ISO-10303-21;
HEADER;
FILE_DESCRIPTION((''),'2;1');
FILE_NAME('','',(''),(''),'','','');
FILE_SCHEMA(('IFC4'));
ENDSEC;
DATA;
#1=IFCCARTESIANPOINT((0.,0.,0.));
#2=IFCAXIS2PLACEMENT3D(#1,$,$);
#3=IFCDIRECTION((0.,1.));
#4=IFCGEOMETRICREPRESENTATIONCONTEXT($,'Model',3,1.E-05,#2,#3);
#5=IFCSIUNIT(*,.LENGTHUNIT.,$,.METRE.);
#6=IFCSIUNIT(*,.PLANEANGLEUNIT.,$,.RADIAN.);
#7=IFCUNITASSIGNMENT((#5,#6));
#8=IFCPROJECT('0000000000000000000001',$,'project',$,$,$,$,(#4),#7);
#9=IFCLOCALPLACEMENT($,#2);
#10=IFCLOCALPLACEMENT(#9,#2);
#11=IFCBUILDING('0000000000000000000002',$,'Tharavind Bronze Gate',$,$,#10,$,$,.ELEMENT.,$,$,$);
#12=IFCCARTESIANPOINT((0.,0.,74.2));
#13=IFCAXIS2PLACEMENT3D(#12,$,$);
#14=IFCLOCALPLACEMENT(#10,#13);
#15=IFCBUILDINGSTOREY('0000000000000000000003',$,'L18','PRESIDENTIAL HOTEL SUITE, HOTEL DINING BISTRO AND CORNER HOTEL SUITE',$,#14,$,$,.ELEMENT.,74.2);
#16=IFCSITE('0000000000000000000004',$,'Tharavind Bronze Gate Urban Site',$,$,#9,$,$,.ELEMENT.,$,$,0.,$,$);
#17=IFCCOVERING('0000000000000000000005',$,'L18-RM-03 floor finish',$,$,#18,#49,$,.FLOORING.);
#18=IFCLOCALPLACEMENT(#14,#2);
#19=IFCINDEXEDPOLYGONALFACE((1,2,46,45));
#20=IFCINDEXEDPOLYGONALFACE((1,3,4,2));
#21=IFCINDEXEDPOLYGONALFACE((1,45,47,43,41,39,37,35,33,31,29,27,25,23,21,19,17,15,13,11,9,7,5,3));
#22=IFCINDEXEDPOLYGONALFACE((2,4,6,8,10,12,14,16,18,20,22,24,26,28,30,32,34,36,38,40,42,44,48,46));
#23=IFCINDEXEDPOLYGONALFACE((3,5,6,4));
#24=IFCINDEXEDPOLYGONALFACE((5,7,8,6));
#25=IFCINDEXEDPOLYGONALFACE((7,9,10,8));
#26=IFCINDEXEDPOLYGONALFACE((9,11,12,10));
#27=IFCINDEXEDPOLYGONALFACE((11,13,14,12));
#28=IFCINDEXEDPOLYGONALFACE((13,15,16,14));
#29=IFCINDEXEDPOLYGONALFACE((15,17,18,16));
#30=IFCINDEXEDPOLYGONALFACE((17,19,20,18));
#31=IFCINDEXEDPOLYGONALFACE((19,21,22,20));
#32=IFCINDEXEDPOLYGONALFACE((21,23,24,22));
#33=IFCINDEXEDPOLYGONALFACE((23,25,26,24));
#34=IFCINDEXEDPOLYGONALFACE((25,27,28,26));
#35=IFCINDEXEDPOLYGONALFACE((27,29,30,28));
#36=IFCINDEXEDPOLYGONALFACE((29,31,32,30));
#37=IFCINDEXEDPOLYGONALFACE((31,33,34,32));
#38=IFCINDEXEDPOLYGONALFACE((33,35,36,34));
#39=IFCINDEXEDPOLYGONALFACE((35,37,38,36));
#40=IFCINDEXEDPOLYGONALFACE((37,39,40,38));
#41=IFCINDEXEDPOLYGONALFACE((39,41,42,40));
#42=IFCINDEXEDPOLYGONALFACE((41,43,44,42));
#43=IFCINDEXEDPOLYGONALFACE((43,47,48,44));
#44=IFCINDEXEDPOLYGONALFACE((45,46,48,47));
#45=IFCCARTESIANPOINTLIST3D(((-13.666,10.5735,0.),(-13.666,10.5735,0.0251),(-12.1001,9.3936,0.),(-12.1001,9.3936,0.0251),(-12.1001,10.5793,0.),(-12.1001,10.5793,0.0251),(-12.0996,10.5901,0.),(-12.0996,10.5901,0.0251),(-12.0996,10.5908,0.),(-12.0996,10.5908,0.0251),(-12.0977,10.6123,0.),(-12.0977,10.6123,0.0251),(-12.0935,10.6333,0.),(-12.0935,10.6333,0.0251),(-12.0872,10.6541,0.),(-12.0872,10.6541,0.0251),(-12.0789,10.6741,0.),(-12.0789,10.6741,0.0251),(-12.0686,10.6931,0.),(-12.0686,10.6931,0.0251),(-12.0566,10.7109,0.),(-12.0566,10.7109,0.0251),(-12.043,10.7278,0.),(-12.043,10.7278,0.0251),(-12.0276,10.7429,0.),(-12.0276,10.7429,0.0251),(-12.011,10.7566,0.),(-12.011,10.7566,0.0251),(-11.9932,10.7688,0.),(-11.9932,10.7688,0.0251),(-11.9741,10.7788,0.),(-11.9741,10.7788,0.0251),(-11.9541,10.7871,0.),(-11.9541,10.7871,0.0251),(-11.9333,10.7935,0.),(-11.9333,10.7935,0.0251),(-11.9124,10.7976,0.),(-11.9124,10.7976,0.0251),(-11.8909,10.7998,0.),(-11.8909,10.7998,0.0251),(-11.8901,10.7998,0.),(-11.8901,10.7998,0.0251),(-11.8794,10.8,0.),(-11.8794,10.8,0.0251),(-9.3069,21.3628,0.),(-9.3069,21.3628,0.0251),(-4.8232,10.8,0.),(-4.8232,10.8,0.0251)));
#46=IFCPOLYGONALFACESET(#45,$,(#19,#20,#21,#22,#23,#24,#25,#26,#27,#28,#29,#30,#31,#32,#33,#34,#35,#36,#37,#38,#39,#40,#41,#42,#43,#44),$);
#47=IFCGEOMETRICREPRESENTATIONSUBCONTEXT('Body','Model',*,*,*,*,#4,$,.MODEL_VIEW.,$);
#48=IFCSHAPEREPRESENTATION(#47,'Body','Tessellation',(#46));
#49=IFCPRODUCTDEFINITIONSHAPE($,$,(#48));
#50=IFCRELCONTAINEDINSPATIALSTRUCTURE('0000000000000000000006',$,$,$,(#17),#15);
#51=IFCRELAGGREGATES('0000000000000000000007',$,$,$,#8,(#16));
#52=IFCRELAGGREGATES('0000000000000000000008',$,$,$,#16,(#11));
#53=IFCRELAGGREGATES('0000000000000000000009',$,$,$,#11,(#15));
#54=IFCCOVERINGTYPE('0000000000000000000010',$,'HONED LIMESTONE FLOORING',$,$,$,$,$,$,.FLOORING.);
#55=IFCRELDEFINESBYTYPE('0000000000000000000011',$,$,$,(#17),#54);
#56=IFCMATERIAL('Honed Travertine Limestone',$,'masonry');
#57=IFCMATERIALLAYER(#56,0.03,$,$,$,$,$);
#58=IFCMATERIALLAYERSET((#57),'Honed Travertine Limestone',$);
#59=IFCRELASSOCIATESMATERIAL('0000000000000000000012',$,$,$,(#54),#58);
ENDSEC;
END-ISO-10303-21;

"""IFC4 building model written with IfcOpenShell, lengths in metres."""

from ifc_helpers import new_model, si_unit, direction, frame, origin, place, context, subcontext, project, spatial, polyline, outline, extrude, material, layer, layer_set, type_object, element, save


model = new_model("IFC4")

# Units and contexts
model_context = context("Model", 3, precision=1e-05, world=origin(), true_north=direction((0.0, 1.0)))
body_context = subcontext(model_context, "Body", "Model", "MODEL_VIEW")
ifc_project = project(units=[si_unit("LENGTHUNIT", "METRE"), si_unit("PLANEANGLEUNIT", "RADIAN")], contexts=[model_context])

# Site, building, storey
site_placement = place(None, origin())
site = spatial("IfcSite", under=ifc_project, at=site_placement, Name="Tharavind Bronze Gate Urban Site", CompositionType="ELEMENT", RefElevation=0.0)
building_placement = place(site_placement, origin())
building = spatial("IfcBuilding", under=site, at=building_placement, Name="Tharavind Bronze Gate", CompositionType="ELEMENT")
storey_placement = place(building_placement, frame((0.0, 0.0, 74.2)))
storey = spatial("IfcBuildingStorey", under=building, at=storey_placement, Name="L18", Description="PRESIDENTIAL HOTEL SUITE, HOTEL DINING BISTRO AND CORNER HOTEL SUITE", CompositionType="ELEMENT", Elevation=74.2)

# Covering
ifc_material_1 = material(Name="Honed Travertine Limestone", Category="masonry")
ifc_layer_1 = layer(ifc_material_1, 0.03)
ifc_layer_set_1 = layer_set([ifc_layer_1], Name="Honed Travertine Limestone")
covering_type_1 = type_object("IfcCoveringType", Name="HONED LIMESTONE FLOORING", PredefinedType="FLOORING", material=ifc_layer_set_1)
covering_1_placement = place(storey_placement, origin())
element("IfcCovering", 1, at=covering_1_placement, inside=storey, type_object=covering_type_1, Name="L18-RM-03 floor finish", PredefinedType="FLOORING", context=body_context, shape_type="SweptSolid", body=[
    extrude(outline(polyline([(-12.1001, 9.3936), (-12.1001, 10.5793), (-12.0996, 10.5901), (-12.0996, 10.5908), (-12.0977, 10.6123), (-12.0935, 10.6333), (-12.0872, 10.6541), (-12.0789, 10.6741), (-12.0686, 10.6931), (-12.0566, 10.7109), (-12.043, 10.7278), (-12.0276, 10.7429), (-12.011, 10.7566), (-11.9932, 10.7688), (-11.9741, 10.7788), (-11.9541, 10.7871), (-11.9333, 10.7935), (-11.9124, 10.7976), (-11.8909, 10.7998), (-11.8901, 10.7998), (-11.8794, 10.8), (-4.8232, 10.8), (-9.3069, 21.3628), (-13.666, 10.5735), (-12.1001, 9.3936)])), origin(), (0.0, 0.0, 1.0), 0.0251),
])

save(model, "model.ifc")
